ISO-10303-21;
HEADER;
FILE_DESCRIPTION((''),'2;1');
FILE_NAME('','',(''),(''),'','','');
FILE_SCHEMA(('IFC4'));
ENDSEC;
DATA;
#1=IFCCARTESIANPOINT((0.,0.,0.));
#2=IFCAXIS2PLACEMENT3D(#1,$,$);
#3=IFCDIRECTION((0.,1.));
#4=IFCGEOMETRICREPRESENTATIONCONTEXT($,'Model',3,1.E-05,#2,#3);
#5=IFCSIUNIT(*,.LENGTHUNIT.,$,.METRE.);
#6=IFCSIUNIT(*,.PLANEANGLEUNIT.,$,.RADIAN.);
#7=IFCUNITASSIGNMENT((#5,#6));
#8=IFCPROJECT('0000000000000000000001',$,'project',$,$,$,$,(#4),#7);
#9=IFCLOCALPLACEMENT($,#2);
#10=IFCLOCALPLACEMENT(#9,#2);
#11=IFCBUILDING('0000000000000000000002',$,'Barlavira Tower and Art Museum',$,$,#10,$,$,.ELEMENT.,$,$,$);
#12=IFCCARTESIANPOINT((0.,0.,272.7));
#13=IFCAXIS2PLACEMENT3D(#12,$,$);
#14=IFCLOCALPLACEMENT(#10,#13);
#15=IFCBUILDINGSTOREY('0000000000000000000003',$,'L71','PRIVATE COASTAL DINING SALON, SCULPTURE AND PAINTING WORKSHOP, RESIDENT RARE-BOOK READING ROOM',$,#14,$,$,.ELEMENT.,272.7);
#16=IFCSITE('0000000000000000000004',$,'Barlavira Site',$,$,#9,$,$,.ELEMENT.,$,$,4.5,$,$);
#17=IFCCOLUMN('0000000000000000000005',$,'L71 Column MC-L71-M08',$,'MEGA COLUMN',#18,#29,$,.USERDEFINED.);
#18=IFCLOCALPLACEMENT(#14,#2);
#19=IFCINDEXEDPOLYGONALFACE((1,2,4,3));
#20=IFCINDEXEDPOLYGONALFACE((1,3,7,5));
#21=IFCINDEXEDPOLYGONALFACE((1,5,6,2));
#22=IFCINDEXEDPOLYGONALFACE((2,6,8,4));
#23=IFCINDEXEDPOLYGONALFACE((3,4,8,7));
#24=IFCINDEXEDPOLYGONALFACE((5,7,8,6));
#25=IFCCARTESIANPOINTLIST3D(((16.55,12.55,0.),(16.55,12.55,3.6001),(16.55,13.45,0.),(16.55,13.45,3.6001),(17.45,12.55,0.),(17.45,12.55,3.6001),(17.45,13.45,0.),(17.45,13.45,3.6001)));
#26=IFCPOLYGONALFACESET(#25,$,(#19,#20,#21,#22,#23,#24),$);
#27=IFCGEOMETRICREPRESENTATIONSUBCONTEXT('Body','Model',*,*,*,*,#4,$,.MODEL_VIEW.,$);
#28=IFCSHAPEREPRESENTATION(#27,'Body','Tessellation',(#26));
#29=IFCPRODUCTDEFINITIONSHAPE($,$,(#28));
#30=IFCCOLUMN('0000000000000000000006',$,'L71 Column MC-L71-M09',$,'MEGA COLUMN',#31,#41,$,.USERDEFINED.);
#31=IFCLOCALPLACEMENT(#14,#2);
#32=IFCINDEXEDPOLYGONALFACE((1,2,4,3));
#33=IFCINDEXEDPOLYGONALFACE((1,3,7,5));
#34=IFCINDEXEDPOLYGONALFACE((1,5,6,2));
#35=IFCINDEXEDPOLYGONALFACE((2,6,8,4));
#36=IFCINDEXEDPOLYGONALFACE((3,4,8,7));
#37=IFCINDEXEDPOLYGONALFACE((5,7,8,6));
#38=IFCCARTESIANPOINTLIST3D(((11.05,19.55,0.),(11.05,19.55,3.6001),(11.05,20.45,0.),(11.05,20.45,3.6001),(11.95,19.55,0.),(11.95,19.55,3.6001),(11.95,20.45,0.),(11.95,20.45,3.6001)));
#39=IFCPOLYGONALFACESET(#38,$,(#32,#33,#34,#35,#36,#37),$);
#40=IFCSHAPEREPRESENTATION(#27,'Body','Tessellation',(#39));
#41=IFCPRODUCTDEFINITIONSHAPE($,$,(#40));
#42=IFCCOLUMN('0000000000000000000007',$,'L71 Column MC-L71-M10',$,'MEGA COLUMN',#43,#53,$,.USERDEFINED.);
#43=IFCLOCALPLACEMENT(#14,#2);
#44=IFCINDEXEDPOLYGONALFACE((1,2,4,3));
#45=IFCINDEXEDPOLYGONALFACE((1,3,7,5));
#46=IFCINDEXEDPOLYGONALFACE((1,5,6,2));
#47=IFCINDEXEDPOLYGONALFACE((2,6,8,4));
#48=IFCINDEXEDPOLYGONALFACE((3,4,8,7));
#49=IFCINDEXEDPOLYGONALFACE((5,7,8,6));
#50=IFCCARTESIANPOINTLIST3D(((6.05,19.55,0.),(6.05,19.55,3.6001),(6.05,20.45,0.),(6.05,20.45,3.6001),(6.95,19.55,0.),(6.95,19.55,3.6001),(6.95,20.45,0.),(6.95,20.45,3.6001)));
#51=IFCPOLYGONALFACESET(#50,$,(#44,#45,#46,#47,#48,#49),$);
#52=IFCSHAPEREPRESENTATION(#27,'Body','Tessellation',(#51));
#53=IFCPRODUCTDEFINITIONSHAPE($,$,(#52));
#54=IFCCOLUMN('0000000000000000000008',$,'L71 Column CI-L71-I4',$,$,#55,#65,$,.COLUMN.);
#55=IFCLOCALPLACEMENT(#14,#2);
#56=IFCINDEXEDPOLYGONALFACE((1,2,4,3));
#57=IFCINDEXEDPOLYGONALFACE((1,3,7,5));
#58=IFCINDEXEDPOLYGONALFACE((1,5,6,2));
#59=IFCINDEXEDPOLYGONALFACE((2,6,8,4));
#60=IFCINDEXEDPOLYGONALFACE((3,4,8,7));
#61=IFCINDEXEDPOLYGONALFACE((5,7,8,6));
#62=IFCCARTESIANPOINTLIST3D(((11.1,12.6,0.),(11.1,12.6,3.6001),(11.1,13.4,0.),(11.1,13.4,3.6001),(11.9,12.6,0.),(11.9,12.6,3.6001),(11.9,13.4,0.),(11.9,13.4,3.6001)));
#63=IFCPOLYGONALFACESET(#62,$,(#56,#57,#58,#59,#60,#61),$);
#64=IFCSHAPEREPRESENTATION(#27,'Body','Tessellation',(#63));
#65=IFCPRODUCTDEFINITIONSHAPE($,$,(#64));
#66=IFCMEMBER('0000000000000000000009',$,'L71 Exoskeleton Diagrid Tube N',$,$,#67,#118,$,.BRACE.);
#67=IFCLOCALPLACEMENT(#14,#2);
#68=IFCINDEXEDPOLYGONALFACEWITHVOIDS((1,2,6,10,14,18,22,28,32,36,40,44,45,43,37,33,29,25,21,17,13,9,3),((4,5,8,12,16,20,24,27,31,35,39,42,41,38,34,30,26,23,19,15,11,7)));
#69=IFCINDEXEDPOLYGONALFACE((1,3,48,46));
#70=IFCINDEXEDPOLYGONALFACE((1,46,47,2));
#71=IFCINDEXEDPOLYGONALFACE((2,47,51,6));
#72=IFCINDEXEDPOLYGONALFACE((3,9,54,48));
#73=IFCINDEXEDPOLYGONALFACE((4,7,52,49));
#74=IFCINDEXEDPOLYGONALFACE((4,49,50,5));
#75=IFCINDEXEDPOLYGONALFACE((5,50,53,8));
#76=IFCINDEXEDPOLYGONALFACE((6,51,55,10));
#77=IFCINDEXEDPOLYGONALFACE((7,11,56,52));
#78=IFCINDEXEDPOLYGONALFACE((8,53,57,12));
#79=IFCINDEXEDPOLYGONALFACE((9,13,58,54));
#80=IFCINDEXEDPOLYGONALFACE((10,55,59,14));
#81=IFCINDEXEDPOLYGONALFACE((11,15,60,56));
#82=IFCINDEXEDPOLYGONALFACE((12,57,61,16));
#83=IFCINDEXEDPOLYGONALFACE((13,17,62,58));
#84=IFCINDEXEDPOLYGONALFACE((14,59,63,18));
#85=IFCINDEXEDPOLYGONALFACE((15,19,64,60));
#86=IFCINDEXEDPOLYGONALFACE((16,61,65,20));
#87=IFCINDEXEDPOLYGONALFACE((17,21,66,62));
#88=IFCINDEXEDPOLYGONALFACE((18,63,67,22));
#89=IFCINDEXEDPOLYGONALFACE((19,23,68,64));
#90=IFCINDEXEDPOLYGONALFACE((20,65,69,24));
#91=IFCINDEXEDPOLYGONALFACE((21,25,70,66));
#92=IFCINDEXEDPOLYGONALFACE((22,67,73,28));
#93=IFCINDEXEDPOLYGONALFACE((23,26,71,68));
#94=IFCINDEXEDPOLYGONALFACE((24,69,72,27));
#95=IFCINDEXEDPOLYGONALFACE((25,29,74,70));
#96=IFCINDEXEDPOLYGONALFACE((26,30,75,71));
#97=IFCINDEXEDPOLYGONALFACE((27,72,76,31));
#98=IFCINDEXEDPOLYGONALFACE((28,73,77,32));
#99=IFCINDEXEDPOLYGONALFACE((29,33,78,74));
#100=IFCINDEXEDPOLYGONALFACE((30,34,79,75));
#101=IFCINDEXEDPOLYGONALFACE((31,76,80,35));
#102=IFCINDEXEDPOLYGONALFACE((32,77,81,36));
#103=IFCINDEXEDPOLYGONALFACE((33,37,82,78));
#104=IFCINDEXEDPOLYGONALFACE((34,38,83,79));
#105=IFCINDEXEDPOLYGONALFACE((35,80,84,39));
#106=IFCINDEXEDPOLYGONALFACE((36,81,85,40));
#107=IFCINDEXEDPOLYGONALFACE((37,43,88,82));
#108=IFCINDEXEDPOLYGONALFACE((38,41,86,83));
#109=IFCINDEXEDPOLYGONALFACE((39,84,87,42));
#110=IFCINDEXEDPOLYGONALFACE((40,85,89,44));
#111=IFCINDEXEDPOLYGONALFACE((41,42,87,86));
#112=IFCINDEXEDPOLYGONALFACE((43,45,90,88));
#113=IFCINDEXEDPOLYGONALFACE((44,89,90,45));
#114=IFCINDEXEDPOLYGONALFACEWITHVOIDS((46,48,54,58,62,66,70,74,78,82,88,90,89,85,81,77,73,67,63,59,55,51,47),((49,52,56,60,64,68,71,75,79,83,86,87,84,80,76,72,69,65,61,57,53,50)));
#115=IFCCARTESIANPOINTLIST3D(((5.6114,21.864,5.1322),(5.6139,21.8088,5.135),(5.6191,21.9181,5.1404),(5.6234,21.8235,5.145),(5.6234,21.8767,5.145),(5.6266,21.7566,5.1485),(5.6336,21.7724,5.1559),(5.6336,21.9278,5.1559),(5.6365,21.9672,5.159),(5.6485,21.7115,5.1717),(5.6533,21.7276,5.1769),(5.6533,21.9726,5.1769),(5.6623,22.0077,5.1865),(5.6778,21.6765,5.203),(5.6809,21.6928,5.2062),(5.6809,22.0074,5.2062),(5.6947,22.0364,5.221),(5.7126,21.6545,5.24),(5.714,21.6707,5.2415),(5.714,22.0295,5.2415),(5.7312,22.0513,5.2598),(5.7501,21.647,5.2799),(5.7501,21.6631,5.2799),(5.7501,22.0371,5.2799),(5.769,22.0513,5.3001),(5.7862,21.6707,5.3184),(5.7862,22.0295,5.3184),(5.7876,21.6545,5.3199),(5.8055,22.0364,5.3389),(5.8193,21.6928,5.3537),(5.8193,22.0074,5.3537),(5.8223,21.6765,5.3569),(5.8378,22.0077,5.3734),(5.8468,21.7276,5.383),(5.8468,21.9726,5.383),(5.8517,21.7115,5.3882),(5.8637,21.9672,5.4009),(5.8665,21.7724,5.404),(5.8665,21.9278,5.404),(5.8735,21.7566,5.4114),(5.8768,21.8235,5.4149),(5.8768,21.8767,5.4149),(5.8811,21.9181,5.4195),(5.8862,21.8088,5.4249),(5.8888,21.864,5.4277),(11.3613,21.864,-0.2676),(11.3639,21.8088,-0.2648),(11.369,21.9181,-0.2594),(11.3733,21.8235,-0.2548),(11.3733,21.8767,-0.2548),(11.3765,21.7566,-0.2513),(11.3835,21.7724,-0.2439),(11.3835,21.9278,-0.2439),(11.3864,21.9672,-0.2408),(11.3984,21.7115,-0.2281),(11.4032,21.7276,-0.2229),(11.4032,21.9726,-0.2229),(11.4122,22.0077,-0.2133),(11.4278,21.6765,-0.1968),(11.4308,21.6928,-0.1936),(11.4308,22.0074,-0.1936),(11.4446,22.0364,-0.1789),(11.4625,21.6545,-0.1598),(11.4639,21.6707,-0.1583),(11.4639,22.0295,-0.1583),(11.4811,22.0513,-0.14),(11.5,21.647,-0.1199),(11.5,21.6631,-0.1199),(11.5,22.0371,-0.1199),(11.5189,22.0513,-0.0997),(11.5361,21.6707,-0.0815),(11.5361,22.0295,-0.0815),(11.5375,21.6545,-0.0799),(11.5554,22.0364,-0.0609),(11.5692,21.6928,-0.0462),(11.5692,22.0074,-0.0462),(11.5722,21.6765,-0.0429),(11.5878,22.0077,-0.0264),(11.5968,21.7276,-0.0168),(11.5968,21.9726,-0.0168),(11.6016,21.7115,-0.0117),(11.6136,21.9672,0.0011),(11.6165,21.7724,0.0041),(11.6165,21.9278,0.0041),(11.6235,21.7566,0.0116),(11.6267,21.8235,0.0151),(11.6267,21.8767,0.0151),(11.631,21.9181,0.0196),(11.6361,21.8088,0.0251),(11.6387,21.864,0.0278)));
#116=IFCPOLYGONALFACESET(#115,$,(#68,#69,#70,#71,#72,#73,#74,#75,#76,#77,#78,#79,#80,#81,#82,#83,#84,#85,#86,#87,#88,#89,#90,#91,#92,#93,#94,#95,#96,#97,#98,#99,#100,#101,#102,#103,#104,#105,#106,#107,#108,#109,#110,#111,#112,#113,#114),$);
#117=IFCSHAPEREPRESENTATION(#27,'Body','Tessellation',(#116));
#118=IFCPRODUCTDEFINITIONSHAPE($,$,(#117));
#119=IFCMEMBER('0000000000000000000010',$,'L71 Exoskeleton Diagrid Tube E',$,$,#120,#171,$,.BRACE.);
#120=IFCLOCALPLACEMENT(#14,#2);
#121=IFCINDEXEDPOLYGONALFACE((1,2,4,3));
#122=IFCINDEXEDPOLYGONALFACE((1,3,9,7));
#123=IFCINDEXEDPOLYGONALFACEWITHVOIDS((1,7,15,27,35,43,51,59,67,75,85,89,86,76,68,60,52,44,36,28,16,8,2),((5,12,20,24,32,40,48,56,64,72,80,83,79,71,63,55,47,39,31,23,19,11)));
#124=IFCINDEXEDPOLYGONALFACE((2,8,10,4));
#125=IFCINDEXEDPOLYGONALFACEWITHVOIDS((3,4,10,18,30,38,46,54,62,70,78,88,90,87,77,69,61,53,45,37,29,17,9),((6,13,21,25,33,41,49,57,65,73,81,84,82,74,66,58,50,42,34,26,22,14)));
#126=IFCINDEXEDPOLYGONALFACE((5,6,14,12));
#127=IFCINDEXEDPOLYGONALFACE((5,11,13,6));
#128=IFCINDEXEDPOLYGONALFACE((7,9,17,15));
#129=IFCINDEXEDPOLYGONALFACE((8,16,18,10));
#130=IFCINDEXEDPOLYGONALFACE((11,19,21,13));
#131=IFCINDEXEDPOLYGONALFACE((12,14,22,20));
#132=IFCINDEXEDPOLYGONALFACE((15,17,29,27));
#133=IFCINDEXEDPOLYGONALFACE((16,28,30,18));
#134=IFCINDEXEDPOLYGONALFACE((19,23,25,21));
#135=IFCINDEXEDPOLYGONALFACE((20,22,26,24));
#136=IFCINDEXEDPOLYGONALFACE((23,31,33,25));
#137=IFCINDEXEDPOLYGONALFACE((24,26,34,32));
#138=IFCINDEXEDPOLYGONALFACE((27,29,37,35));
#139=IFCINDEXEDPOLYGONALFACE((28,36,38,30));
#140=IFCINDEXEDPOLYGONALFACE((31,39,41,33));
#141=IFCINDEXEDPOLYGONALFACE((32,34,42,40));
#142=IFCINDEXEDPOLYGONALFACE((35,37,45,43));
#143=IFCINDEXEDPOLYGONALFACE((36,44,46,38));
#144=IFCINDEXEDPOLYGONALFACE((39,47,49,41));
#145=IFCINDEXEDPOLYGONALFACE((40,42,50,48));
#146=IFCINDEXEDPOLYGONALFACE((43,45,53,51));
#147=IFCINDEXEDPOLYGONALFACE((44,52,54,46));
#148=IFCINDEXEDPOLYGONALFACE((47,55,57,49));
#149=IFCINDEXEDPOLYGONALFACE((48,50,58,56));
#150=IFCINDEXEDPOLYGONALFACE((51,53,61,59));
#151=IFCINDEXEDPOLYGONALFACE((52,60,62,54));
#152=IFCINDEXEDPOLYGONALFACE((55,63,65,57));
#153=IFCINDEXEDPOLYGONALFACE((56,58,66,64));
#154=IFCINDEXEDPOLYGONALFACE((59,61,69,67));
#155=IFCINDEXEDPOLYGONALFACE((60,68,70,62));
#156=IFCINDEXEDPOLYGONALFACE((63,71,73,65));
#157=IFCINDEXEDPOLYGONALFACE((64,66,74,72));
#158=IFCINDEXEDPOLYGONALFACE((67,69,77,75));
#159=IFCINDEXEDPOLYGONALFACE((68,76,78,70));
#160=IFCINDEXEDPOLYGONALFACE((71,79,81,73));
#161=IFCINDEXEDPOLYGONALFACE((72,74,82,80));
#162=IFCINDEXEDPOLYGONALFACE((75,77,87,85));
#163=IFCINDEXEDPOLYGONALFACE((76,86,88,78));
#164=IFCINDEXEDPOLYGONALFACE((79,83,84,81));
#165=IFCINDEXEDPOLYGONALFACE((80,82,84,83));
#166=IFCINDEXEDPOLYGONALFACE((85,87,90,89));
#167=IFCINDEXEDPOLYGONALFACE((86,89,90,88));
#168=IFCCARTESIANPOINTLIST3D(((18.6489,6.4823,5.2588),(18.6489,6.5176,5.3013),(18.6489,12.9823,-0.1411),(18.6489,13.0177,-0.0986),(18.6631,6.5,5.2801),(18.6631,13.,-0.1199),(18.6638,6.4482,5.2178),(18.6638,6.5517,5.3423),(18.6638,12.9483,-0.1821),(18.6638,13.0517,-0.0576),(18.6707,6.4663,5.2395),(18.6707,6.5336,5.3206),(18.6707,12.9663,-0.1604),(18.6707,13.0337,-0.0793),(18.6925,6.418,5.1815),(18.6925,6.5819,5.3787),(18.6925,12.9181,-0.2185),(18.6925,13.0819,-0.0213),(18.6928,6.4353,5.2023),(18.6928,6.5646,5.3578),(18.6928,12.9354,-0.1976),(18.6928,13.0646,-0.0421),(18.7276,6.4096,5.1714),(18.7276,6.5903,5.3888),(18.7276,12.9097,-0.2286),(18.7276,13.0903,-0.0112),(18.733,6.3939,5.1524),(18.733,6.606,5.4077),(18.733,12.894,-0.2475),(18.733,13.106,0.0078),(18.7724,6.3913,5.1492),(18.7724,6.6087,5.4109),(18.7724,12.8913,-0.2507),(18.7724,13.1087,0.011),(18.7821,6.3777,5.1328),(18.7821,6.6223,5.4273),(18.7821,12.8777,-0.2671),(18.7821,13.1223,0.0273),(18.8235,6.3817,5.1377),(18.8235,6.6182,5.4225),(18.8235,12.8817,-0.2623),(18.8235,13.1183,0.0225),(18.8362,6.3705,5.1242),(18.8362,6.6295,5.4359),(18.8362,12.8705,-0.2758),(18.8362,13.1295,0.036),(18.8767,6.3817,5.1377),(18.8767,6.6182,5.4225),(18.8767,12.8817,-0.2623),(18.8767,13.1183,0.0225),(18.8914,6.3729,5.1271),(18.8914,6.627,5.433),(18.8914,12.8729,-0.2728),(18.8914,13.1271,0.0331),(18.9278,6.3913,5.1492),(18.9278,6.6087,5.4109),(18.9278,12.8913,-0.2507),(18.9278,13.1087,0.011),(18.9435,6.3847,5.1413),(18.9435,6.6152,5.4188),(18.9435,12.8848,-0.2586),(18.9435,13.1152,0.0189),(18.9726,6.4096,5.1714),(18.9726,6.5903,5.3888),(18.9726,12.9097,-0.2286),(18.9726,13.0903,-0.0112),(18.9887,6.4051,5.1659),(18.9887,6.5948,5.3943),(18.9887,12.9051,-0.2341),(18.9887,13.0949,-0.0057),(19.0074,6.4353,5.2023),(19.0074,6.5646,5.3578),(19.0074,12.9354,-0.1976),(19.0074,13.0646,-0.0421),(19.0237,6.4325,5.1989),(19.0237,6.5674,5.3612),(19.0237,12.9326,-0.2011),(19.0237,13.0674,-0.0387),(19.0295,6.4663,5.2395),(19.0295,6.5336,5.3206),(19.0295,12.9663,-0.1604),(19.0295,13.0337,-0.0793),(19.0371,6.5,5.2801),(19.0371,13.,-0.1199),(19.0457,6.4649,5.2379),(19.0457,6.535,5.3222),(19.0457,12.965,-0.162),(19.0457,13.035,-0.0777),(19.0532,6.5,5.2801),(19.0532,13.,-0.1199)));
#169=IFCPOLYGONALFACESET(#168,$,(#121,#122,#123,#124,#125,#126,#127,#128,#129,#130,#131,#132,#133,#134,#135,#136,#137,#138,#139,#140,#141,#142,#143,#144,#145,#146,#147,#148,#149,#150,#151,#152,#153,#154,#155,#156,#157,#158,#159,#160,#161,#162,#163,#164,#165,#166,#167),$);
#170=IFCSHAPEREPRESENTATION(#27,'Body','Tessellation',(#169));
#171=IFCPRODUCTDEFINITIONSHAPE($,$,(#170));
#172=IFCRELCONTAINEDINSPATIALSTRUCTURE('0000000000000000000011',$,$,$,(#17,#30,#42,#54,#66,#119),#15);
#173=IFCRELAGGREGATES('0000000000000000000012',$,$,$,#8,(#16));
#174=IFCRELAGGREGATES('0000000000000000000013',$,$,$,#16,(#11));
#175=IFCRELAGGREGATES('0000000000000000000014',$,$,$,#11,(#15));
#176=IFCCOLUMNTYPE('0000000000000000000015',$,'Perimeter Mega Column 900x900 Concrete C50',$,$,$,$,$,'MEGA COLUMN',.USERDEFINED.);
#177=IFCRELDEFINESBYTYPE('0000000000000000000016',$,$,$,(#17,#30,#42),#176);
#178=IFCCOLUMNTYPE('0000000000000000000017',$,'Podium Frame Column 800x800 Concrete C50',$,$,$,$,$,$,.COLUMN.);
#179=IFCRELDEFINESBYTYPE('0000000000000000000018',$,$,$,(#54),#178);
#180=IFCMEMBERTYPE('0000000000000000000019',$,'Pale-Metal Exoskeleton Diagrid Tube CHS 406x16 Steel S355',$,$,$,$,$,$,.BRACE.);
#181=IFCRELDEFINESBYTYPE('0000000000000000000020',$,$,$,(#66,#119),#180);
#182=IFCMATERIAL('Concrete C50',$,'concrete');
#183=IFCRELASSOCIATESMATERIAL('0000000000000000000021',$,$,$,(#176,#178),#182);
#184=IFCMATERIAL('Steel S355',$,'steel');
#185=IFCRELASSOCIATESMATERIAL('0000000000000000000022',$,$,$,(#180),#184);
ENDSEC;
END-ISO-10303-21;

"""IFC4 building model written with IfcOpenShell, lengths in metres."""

from ifc_helpers import new_model, si_unit, direction, frame, origin, origin_2d, place, context, subcontext, project, spatial, rectangle, hollow_circle, extrude, material, material_profile, profile_set, type_object, element, save


model = new_model("IFC4")

# Units and contexts
model_context = context("Model", 3, precision=1e-05, world=origin(), true_north=direction((0.0, 1.0)))
body_context = subcontext(model_context, "Body", "Model", "MODEL_VIEW")
ifc_project = project(units=[si_unit("LENGTHUNIT", "METRE"), si_unit("PLANEANGLEUNIT", "RADIAN")], contexts=[model_context])

# Site, building, storey
site_placement = place(None, origin())
site = spatial("IfcSite", under=ifc_project, at=site_placement, Name="Barlavira Site", CompositionType="ELEMENT", RefElevation=4.5)
building_placement = place(site_placement, origin())
building = spatial("IfcBuilding", under=site, at=building_placement, Name="Barlavira Tower and Art Museum", CompositionType="ELEMENT")
storey_placement = place(building_placement, frame((0.0, 0.0, 272.7)))
storey = spatial("IfcBuildingStorey", under=building, at=storey_placement, Name="L71", Description="PRIVATE COASTAL DINING SALON, SCULPTURE AND PAINTING WORKSHOP, RESIDENT RARE-BOOK READING ROOM", CompositionType="ELEMENT", Elevation=272.7)

# Columns
ifc_material_1 = material(Name="Concrete C50", Category="concrete")
ifc_material_profile_1 = material_profile(ifc_material_1, rectangle(XDim=0.8999, YDim=0.8999, at=origin_2d()), Name="RC-COL 900x900")
ifc_profile_set_1 = profile_set([ifc_material_profile_1], Name="Concrete C50")
column_type_1 = type_object("IfcColumnType", Name="Perimeter Mega Column 900x900 Concrete C50", ElementType="MEGA COLUMN", PredefinedType="USERDEFINED", material=ifc_profile_set_1)
for number, where, z_axis, x_axis, name in (
    (1, (17.0, 13.0, 0.0), (0.0, 0.0, 1.0), (1.0, 0.0, 0.0), "L71 Column MC-L71-M08"),
    (2, (11.5, 20.0, 0.0), (0.0, 0.0, 1.0), (1.0, 0.0, 0.0), "L71 Column MC-L71-M09"),
    (3, (6.5, 20.0, 0.0), (0.0, 0.0, 1.0), (1.0, 0.0, 0.0), "L71 Column MC-L71-M10"),
):
    element("IfcColumn", number, at=place(storey_placement, frame(where, z_axis=z_axis, x_axis=x_axis)), inside=storey, type_object=column_type_1, Name=name, ObjectType="MEGA COLUMN", PredefinedType="USERDEFINED", context=body_context, shape_type="SweptSolid", body=[
        extrude(rectangle(XDim=0.8999, YDim=0.8999, at=origin_2d()), origin(), (0.0, 0.0, 1.0), 3.6001),
    ])
ifc_material_profile_2 = material_profile(ifc_material_1, rectangle(XDim=0.8, YDim=0.8, at=origin_2d()), Name="RC-COL 800x800")
ifc_profile_set_2 = profile_set([ifc_material_profile_2], Name="Concrete C50")
column_type_2 = type_object("IfcColumnType", Name="Podium Frame Column 800x800 Concrete C50", PredefinedType="COLUMN", material=ifc_profile_set_2)
column_placement = place(storey_placement, frame((11.5, 13.0, 0.0), z_axis=(0.0, 0.0, 1.0), x_axis=(1.0, 0.0, 0.0)))
element("IfcColumn", 4, at=column_placement, inside=storey, type_object=column_type_2, Name="L71 Column CI-L71-I4", PredefinedType="COLUMN", context=body_context, shape_type="SweptSolid", body=[
    extrude(rectangle(XDim=0.8, YDim=0.8, at=origin_2d()), origin(), (0.0, 0.0, 1.0), 3.6001),
])

# Members
ifc_material_2 = material(Name="Steel S355", Category="steel")
ifc_material_profile_3 = material_profile(ifc_material_2, hollow_circle(Radius=0.2031, WallThickness=0.0161, at=origin_2d()), Name="CHS 406.4x16.0")
ifc_profile_set_3 = profile_set([ifc_material_profile_3], Name="Steel S355")
member_type_1 = type_object("IfcMemberType", Name="Pale-Metal Exoskeleton Diagrid Tube CHS 406x16 Steel S355", PredefinedType="BRACE", material=ifc_profile_set_3)
member_1_placement = place(storey_placement, frame((11.5, 21.8501, -0.1199), z_axis=(-0.72895, 0.0, 0.684567), x_axis=(0.0, -1.0, 0.0)))
element("IfcMember", 5, at=member_1_placement, inside=storey, type_object=member_type_1, Name="L71 Exoskeleton Diagrid Tube N", PredefinedType="BRACE", context=body_context, shape_type="SweptSolid", body=[
    extrude(hollow_circle(Radius=0.2031, WallThickness=0.0161, at=origin_2d()), origin(), (0.0, 0.0, 1.0), 7.8879),
])
member_2_placement = place(storey_placement, frame((18.8501, 13.0, -0.1199), z_axis=(0.0, -0.769196, 0.639013), x_axis=(1.0, 0.0, 0.0)))
element("IfcMember", 6, at=member_2_placement, inside=storey, type_object=member_type_1, Name="L71 Exoskeleton Diagrid Tube E", PredefinedType="BRACE", context=body_context, shape_type="SweptSolid", body=[
    extrude(hollow_circle(Radius=0.2031, WallThickness=0.0161, at=origin_2d()), origin(), (0.0, 0.0, 1.0), 8.4504),
])

save(model, "model.ifc")
